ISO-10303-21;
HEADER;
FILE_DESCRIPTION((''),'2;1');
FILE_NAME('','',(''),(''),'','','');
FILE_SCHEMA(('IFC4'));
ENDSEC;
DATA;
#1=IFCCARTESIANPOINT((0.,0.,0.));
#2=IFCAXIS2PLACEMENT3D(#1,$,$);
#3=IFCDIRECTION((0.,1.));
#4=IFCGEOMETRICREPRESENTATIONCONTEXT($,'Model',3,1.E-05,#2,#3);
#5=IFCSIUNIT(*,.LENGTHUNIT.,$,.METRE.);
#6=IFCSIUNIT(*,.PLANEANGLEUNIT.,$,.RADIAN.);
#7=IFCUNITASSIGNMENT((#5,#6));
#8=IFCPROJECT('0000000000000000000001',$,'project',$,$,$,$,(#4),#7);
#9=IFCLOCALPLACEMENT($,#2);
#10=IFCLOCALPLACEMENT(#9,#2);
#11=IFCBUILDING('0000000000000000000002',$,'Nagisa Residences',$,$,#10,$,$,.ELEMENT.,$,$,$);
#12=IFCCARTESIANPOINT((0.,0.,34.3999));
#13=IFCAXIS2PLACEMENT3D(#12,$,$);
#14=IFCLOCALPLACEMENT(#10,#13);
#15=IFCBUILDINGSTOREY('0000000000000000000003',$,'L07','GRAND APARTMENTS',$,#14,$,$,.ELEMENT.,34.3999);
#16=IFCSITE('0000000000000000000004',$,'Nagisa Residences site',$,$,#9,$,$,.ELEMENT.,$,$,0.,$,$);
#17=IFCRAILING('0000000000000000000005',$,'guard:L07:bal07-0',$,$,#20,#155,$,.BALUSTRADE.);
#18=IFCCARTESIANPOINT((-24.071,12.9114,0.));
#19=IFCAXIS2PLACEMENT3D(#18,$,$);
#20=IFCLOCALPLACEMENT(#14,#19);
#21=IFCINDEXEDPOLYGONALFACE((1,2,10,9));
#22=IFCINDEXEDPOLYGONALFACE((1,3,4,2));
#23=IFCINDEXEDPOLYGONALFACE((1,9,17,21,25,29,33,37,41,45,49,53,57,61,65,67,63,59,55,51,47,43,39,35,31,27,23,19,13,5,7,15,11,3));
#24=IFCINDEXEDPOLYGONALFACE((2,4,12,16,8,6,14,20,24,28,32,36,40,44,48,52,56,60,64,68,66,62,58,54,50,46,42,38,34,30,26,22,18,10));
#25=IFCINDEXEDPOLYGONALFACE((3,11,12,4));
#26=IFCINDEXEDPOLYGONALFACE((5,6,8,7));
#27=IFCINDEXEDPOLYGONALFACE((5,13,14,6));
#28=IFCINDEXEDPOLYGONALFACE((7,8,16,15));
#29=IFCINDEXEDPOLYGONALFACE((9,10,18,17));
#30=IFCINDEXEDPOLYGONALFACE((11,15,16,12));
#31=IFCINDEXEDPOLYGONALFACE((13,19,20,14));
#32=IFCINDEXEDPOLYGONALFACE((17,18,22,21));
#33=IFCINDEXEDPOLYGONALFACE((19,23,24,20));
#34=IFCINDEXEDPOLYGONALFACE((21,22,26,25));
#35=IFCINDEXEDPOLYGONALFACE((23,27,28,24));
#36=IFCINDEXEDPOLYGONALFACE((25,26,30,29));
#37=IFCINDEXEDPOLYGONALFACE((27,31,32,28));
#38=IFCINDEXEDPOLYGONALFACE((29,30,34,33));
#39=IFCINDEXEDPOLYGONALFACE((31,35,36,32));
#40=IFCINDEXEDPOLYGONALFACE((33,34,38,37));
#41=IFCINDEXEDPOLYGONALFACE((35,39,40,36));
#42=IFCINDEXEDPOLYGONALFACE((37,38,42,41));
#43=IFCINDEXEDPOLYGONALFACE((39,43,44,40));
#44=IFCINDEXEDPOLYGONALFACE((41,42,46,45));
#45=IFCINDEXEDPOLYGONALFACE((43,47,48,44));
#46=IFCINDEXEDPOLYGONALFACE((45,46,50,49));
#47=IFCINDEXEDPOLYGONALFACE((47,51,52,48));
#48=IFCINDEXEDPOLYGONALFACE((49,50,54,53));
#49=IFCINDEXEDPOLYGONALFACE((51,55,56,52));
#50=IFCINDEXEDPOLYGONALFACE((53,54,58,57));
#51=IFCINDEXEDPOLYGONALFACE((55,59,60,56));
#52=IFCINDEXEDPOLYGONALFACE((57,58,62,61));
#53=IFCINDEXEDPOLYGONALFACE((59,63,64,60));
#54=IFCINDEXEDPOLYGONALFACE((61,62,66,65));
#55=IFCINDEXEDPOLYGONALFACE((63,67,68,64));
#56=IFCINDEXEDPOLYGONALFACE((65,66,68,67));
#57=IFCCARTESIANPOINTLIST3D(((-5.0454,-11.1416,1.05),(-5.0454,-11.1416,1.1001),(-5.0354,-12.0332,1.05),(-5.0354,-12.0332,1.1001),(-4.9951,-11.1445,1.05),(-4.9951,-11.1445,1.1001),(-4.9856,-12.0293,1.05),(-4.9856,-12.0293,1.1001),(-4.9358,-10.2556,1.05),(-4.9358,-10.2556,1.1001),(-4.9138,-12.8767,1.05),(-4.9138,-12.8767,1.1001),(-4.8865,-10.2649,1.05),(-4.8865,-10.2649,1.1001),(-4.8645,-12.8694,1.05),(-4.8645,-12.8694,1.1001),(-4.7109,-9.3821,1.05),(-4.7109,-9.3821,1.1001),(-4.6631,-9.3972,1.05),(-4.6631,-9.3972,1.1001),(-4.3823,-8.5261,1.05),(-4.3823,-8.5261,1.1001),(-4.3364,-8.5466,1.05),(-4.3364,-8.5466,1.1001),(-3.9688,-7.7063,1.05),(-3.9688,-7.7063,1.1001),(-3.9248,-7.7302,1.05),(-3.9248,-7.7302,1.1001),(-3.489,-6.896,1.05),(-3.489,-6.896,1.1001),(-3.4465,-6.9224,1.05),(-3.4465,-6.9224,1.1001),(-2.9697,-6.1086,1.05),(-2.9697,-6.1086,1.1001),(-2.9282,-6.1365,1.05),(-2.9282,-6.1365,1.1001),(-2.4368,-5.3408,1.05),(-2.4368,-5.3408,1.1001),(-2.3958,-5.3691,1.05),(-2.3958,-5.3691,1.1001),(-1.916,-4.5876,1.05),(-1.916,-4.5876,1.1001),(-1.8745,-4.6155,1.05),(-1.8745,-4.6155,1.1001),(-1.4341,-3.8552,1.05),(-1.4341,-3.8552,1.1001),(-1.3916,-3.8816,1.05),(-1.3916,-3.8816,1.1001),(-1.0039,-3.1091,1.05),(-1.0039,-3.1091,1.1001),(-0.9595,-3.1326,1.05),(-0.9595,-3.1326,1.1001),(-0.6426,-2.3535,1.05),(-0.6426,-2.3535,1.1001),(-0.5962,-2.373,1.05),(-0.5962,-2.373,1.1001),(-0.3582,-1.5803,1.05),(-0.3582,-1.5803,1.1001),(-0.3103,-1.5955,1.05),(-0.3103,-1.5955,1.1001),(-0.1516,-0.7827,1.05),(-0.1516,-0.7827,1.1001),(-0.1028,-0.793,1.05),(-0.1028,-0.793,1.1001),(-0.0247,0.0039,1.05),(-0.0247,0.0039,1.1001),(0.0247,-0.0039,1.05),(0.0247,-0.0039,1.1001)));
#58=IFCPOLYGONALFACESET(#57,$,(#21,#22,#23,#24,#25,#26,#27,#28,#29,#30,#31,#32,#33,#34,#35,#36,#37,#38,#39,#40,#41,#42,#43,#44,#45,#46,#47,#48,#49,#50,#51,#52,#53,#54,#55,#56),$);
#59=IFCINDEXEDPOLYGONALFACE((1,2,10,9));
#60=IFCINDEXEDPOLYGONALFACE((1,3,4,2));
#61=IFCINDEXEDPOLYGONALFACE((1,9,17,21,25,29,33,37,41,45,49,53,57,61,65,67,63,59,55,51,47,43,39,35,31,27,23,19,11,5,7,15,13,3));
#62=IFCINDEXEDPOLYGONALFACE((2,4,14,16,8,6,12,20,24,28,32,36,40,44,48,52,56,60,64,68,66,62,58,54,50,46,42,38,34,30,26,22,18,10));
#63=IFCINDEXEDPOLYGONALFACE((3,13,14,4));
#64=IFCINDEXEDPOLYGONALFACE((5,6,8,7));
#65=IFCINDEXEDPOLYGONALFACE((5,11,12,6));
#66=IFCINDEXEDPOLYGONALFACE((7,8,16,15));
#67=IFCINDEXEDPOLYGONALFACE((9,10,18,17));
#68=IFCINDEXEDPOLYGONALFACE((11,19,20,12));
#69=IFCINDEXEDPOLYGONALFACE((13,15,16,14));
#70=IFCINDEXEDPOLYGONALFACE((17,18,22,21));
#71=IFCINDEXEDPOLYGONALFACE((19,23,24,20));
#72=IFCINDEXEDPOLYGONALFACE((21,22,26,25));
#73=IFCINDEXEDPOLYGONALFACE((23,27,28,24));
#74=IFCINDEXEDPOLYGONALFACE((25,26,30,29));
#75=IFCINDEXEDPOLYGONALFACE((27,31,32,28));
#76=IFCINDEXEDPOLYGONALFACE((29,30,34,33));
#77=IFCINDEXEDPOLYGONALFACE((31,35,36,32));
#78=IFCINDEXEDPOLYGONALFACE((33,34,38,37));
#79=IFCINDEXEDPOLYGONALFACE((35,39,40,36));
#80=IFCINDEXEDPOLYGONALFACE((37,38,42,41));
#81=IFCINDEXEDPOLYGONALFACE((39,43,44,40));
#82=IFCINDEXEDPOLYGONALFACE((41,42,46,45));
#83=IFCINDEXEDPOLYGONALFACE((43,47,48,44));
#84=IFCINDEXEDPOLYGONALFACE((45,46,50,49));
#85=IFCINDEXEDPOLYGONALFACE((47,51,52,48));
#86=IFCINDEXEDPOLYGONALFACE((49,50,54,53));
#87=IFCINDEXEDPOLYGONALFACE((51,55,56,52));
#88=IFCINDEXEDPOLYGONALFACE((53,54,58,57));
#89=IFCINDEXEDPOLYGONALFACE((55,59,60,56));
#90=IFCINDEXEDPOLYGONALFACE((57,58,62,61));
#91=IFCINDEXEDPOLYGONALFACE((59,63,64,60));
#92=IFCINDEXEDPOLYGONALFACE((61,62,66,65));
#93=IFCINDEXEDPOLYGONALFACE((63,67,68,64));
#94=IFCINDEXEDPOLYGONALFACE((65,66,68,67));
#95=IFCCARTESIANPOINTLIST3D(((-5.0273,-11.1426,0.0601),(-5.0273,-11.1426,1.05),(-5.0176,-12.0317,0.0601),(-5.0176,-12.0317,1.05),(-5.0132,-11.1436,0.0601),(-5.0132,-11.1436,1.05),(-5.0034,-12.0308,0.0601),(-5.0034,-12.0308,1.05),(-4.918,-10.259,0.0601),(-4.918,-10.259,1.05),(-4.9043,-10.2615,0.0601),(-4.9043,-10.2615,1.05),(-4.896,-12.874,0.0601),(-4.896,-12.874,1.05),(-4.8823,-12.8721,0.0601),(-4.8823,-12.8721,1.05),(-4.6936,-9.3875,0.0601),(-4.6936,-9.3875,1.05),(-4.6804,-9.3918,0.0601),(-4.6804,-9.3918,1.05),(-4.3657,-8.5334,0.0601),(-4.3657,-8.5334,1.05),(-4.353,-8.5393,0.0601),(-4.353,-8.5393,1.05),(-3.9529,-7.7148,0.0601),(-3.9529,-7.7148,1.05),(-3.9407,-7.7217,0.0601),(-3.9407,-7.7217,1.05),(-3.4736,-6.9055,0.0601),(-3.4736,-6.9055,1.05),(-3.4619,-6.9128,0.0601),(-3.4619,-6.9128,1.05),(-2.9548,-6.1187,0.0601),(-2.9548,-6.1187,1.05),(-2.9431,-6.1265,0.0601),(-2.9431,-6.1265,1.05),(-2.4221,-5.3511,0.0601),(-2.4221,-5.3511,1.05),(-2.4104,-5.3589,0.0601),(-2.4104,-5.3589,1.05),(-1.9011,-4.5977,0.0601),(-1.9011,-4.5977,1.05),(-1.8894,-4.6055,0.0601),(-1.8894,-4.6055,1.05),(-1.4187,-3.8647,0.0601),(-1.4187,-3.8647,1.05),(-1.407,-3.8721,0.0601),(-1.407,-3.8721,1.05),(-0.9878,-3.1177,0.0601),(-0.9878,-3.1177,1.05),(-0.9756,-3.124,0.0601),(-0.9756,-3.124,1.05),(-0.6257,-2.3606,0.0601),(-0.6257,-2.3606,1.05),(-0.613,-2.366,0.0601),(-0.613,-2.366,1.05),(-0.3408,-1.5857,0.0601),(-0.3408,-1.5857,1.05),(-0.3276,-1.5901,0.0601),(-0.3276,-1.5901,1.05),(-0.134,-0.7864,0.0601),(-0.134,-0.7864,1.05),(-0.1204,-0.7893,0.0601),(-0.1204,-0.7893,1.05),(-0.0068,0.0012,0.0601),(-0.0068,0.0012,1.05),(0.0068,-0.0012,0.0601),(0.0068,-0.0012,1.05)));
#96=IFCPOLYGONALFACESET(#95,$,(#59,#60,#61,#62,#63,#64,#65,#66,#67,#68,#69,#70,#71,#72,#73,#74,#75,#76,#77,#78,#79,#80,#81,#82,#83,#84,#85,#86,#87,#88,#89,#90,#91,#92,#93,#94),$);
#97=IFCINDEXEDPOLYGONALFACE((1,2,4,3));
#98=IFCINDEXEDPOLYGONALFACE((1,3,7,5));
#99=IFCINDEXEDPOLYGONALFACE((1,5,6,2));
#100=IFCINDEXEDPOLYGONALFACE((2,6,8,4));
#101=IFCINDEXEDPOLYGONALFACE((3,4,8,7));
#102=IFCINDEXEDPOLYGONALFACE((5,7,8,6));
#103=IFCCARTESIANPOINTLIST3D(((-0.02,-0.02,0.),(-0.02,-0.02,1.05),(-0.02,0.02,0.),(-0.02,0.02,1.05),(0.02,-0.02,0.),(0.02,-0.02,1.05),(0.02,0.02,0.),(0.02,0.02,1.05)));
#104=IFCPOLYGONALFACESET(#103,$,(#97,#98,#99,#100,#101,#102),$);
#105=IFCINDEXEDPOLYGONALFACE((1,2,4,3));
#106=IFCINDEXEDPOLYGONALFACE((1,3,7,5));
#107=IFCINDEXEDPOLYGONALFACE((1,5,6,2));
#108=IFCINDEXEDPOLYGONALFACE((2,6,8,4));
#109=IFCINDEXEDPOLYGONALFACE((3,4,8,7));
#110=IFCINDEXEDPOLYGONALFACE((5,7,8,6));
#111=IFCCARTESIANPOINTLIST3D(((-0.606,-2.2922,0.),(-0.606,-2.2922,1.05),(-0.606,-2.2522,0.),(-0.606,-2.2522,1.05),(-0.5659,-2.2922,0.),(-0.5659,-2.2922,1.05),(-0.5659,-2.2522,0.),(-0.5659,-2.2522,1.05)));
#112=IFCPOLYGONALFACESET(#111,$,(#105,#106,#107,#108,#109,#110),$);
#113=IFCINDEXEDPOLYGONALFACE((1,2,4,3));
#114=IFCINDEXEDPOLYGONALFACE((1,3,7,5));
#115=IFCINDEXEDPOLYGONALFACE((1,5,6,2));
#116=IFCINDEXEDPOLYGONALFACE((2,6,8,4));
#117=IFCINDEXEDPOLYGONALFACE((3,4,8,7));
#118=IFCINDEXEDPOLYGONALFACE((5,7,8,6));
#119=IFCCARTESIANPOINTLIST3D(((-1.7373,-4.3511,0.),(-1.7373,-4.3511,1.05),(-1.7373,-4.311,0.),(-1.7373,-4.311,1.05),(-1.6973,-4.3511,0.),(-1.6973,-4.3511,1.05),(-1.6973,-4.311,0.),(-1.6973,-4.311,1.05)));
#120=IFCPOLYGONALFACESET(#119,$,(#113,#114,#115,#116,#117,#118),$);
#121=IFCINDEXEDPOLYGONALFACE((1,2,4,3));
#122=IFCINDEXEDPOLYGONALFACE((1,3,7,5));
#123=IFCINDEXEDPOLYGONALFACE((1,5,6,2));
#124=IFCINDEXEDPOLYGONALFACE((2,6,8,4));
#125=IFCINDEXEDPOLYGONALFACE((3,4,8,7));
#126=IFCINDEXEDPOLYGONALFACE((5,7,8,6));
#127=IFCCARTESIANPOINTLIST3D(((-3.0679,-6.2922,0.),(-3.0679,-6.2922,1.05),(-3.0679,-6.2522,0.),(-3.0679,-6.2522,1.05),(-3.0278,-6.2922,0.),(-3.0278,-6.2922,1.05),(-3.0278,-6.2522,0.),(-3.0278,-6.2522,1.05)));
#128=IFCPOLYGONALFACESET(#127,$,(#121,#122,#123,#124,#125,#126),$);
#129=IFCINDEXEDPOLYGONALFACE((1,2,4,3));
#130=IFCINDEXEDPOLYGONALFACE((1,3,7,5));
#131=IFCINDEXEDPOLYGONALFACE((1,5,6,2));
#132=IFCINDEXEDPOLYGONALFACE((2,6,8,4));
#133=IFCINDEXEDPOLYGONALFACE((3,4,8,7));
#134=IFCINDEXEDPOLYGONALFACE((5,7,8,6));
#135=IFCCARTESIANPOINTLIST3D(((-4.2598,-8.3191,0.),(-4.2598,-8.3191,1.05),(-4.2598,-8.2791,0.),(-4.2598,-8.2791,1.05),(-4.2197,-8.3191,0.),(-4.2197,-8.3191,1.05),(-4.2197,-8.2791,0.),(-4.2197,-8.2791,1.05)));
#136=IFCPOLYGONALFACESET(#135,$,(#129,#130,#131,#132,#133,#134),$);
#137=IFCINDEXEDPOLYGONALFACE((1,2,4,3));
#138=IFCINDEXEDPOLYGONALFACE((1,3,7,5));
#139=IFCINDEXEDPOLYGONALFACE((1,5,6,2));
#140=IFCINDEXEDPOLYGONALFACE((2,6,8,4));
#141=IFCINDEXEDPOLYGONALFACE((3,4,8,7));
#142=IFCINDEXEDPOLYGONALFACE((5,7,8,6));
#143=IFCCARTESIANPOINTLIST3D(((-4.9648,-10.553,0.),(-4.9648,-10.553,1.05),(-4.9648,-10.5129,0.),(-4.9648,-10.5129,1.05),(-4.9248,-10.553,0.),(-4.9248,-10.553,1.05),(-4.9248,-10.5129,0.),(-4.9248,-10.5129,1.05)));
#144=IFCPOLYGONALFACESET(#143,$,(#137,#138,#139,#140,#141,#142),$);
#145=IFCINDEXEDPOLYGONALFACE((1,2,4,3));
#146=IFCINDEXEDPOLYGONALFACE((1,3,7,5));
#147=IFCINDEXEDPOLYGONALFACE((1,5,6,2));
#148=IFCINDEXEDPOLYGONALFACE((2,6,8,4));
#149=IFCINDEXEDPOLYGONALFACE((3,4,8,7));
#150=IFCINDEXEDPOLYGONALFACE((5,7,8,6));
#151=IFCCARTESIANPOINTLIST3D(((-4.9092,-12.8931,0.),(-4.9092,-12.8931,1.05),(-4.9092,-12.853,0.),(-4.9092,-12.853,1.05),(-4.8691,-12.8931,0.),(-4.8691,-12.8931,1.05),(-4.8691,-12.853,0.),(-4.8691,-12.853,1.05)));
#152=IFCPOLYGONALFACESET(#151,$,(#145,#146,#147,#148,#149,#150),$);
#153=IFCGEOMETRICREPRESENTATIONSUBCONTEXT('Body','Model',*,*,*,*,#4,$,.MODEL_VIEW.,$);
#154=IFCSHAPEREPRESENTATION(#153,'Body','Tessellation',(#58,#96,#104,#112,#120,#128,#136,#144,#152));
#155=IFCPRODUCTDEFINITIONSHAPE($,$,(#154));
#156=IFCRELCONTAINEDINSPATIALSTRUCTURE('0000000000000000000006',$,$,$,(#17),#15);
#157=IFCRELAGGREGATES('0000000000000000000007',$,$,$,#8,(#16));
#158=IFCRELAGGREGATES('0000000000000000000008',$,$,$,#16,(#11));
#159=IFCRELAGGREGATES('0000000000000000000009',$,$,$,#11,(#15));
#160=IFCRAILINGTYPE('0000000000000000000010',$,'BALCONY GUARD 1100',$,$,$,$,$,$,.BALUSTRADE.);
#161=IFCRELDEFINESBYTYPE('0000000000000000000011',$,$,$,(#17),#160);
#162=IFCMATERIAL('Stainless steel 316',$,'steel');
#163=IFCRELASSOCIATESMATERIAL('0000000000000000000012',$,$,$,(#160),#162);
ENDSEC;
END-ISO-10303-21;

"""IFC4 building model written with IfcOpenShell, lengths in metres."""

from ifc_helpers import new_model, si_unit, direction, frame, origin, origin_2d, place, context, subcontext, project, spatial, polyline, rectangle, outline, extrude, material, type_object, element, save


model = new_model("IFC4")

# Units and contexts
model_context = context("Model", 3, precision=1e-05, world=origin(), true_north=direction((0.0, 1.0)))
body_context = subcontext(model_context, "Body", "Model", "MODEL_VIEW")
ifc_project = project(units=[si_unit("LENGTHUNIT", "METRE"), si_unit("PLANEANGLEUNIT", "RADIAN")], contexts=[model_context])

# Site, building, storey
site_placement = place(None, origin())
site = spatial("IfcSite", under=ifc_project, at=site_placement, Name="Nagisa Residences site", CompositionType="ELEMENT", RefElevation=0.0)
building_placement = place(site_placement, origin())
building = spatial("IfcBuilding", under=site, at=building_placement, Name="Nagisa Residences", CompositionType="ELEMENT")
storey_placement = place(building_placement, frame((0.0, 0.0, 34.3999)))
storey = spatial("IfcBuildingStorey", under=building, at=storey_placement, Name="L07", Description="GRAND APARTMENTS", CompositionType="ELEMENT", Elevation=34.3999)

# Railing
ifc_material_1 = material(Name="Stainless steel 316", Category="steel")
railing_type = type_object("IfcRailingType", Name="BALCONY GUARD 1100", PredefinedType="BALUSTRADE", material=ifc_material_1)
railing_1_placement = place(storey_placement, frame((-24.071, 12.9114, 0.0)))
element("IfcRailing", 1, at=railing_1_placement, inside=storey, type_object=railing_type, Name="guard:L07:bal07-0", PredefinedType="BALUSTRADE", context=body_context, shape_type="SweptSolid", body=[
    extrude(outline(polyline([(-0.1028, -0.793), (0.0247, -0.0039), (-0.0247, 0.0039), (-0.1516, -0.7827), (-0.3582, -1.5803), (-0.6426, -2.3535), (-1.0039, -3.1091), (-1.4341, -3.8552), (-1.916, -4.5876), (-2.4368, -5.3408), (-2.9697, -6.1086), (-3.489, -6.896), (-3.9688, -7.7063), (-4.3823, -8.5261), (-4.7109, -9.3821), (-4.9358, -10.2556), (-5.0454, -11.1416), (-5.0354, -12.0332), (-4.9138, -12.8767), (-4.8645, -12.8694), (-4.9856, -12.0293), (-4.9951, -11.1445), (-4.8865, -10.2649), (-4.6631, -9.3972), (-4.3364, -8.5466), (-3.9248, -7.7302), (-3.4465, -6.9224), (-2.9282, -6.1365), (-2.3958, -5.3691), (-1.8745, -4.6155), (-1.3916, -3.8816), (-0.9595, -3.1326), (-0.5962, -2.373), (-0.3103, -1.5955), (-0.1028, -0.793)])), frame((0.0, 0.0, 1.05)), (0.0, 0.0, 1.0), 0.05),
    extrude(outline(polyline([(-0.1204, -0.7893), (0.0068, -0.0012), (-0.0068, 0.0012), (-0.134, -0.7864), (-0.3408, -1.5857), (-0.6257, -2.3606), (-0.9878, -3.1177), (-1.4187, -3.8647), (-1.9011, -4.5977), (-2.4221, -5.3511), (-2.9548, -6.1187), (-3.4736, -6.9055), (-3.9529, -7.7148), (-4.3657, -8.5334), (-4.6936, -9.3875), (-4.918, -10.259), (-5.0273, -11.1426), (-5.0176, -12.0317), (-4.896, -12.874), (-4.8823, -12.8721), (-5.0034, -12.0308), (-5.0132, -11.1436), (-4.9043, -10.2615), (-4.6804, -9.3918), (-4.353, -8.5393), (-3.9407, -7.7217), (-3.4619, -6.9128), (-2.9431, -6.1265), (-2.4104, -5.3589), (-1.8894, -4.6055), (-1.407, -3.8721), (-0.9756, -3.124), (-0.613, -2.366), (-0.3276, -1.5901), (-0.1204, -0.7893)])), frame((0.0, 0.0, 0.0601)), (0.0, 0.0, 1.0), 0.99),
    extrude(rectangle(XDim=0.04, YDim=0.04, at=origin_2d()), origin(), (0.0, 0.0, 1.0), 1.05),
    extrude(rectangle(XDim=0.04, YDim=0.04, at=origin_2d()), frame((-0.5859, -2.2722, 0.0)), (0.0, 0.0, 1.0), 1.05),
    extrude(rectangle(XDim=0.04, YDim=0.04, at=origin_2d()), frame((-1.7173, -4.3311, 0.0)), (0.0, 0.0, 1.0), 1.05),
    extrude(rectangle(XDim=0.04, YDim=0.04, at=origin_2d()), frame((-3.0479, -6.2722, 0.0)), (0.0, 0.0, 1.0), 1.05),
    extrude(rectangle(XDim=0.04, YDim=0.04, at=origin_2d()), frame((-4.2397, -8.2991, 0.0)), (0.0, 0.0, 1.0), 1.05),
    extrude(rectangle(XDim=0.04, YDim=0.04, at=origin_2d()), frame((-4.9448, -10.533, 0.0)), (0.0, 0.0, 1.0), 1.05),
    extrude(rectangle(XDim=0.04, YDim=0.04, at=origin_2d()), frame((-4.8892, -12.873, 0.0)), (0.0, 0.0, 1.0), 1.05),
])

save(model, "model.ifc")
